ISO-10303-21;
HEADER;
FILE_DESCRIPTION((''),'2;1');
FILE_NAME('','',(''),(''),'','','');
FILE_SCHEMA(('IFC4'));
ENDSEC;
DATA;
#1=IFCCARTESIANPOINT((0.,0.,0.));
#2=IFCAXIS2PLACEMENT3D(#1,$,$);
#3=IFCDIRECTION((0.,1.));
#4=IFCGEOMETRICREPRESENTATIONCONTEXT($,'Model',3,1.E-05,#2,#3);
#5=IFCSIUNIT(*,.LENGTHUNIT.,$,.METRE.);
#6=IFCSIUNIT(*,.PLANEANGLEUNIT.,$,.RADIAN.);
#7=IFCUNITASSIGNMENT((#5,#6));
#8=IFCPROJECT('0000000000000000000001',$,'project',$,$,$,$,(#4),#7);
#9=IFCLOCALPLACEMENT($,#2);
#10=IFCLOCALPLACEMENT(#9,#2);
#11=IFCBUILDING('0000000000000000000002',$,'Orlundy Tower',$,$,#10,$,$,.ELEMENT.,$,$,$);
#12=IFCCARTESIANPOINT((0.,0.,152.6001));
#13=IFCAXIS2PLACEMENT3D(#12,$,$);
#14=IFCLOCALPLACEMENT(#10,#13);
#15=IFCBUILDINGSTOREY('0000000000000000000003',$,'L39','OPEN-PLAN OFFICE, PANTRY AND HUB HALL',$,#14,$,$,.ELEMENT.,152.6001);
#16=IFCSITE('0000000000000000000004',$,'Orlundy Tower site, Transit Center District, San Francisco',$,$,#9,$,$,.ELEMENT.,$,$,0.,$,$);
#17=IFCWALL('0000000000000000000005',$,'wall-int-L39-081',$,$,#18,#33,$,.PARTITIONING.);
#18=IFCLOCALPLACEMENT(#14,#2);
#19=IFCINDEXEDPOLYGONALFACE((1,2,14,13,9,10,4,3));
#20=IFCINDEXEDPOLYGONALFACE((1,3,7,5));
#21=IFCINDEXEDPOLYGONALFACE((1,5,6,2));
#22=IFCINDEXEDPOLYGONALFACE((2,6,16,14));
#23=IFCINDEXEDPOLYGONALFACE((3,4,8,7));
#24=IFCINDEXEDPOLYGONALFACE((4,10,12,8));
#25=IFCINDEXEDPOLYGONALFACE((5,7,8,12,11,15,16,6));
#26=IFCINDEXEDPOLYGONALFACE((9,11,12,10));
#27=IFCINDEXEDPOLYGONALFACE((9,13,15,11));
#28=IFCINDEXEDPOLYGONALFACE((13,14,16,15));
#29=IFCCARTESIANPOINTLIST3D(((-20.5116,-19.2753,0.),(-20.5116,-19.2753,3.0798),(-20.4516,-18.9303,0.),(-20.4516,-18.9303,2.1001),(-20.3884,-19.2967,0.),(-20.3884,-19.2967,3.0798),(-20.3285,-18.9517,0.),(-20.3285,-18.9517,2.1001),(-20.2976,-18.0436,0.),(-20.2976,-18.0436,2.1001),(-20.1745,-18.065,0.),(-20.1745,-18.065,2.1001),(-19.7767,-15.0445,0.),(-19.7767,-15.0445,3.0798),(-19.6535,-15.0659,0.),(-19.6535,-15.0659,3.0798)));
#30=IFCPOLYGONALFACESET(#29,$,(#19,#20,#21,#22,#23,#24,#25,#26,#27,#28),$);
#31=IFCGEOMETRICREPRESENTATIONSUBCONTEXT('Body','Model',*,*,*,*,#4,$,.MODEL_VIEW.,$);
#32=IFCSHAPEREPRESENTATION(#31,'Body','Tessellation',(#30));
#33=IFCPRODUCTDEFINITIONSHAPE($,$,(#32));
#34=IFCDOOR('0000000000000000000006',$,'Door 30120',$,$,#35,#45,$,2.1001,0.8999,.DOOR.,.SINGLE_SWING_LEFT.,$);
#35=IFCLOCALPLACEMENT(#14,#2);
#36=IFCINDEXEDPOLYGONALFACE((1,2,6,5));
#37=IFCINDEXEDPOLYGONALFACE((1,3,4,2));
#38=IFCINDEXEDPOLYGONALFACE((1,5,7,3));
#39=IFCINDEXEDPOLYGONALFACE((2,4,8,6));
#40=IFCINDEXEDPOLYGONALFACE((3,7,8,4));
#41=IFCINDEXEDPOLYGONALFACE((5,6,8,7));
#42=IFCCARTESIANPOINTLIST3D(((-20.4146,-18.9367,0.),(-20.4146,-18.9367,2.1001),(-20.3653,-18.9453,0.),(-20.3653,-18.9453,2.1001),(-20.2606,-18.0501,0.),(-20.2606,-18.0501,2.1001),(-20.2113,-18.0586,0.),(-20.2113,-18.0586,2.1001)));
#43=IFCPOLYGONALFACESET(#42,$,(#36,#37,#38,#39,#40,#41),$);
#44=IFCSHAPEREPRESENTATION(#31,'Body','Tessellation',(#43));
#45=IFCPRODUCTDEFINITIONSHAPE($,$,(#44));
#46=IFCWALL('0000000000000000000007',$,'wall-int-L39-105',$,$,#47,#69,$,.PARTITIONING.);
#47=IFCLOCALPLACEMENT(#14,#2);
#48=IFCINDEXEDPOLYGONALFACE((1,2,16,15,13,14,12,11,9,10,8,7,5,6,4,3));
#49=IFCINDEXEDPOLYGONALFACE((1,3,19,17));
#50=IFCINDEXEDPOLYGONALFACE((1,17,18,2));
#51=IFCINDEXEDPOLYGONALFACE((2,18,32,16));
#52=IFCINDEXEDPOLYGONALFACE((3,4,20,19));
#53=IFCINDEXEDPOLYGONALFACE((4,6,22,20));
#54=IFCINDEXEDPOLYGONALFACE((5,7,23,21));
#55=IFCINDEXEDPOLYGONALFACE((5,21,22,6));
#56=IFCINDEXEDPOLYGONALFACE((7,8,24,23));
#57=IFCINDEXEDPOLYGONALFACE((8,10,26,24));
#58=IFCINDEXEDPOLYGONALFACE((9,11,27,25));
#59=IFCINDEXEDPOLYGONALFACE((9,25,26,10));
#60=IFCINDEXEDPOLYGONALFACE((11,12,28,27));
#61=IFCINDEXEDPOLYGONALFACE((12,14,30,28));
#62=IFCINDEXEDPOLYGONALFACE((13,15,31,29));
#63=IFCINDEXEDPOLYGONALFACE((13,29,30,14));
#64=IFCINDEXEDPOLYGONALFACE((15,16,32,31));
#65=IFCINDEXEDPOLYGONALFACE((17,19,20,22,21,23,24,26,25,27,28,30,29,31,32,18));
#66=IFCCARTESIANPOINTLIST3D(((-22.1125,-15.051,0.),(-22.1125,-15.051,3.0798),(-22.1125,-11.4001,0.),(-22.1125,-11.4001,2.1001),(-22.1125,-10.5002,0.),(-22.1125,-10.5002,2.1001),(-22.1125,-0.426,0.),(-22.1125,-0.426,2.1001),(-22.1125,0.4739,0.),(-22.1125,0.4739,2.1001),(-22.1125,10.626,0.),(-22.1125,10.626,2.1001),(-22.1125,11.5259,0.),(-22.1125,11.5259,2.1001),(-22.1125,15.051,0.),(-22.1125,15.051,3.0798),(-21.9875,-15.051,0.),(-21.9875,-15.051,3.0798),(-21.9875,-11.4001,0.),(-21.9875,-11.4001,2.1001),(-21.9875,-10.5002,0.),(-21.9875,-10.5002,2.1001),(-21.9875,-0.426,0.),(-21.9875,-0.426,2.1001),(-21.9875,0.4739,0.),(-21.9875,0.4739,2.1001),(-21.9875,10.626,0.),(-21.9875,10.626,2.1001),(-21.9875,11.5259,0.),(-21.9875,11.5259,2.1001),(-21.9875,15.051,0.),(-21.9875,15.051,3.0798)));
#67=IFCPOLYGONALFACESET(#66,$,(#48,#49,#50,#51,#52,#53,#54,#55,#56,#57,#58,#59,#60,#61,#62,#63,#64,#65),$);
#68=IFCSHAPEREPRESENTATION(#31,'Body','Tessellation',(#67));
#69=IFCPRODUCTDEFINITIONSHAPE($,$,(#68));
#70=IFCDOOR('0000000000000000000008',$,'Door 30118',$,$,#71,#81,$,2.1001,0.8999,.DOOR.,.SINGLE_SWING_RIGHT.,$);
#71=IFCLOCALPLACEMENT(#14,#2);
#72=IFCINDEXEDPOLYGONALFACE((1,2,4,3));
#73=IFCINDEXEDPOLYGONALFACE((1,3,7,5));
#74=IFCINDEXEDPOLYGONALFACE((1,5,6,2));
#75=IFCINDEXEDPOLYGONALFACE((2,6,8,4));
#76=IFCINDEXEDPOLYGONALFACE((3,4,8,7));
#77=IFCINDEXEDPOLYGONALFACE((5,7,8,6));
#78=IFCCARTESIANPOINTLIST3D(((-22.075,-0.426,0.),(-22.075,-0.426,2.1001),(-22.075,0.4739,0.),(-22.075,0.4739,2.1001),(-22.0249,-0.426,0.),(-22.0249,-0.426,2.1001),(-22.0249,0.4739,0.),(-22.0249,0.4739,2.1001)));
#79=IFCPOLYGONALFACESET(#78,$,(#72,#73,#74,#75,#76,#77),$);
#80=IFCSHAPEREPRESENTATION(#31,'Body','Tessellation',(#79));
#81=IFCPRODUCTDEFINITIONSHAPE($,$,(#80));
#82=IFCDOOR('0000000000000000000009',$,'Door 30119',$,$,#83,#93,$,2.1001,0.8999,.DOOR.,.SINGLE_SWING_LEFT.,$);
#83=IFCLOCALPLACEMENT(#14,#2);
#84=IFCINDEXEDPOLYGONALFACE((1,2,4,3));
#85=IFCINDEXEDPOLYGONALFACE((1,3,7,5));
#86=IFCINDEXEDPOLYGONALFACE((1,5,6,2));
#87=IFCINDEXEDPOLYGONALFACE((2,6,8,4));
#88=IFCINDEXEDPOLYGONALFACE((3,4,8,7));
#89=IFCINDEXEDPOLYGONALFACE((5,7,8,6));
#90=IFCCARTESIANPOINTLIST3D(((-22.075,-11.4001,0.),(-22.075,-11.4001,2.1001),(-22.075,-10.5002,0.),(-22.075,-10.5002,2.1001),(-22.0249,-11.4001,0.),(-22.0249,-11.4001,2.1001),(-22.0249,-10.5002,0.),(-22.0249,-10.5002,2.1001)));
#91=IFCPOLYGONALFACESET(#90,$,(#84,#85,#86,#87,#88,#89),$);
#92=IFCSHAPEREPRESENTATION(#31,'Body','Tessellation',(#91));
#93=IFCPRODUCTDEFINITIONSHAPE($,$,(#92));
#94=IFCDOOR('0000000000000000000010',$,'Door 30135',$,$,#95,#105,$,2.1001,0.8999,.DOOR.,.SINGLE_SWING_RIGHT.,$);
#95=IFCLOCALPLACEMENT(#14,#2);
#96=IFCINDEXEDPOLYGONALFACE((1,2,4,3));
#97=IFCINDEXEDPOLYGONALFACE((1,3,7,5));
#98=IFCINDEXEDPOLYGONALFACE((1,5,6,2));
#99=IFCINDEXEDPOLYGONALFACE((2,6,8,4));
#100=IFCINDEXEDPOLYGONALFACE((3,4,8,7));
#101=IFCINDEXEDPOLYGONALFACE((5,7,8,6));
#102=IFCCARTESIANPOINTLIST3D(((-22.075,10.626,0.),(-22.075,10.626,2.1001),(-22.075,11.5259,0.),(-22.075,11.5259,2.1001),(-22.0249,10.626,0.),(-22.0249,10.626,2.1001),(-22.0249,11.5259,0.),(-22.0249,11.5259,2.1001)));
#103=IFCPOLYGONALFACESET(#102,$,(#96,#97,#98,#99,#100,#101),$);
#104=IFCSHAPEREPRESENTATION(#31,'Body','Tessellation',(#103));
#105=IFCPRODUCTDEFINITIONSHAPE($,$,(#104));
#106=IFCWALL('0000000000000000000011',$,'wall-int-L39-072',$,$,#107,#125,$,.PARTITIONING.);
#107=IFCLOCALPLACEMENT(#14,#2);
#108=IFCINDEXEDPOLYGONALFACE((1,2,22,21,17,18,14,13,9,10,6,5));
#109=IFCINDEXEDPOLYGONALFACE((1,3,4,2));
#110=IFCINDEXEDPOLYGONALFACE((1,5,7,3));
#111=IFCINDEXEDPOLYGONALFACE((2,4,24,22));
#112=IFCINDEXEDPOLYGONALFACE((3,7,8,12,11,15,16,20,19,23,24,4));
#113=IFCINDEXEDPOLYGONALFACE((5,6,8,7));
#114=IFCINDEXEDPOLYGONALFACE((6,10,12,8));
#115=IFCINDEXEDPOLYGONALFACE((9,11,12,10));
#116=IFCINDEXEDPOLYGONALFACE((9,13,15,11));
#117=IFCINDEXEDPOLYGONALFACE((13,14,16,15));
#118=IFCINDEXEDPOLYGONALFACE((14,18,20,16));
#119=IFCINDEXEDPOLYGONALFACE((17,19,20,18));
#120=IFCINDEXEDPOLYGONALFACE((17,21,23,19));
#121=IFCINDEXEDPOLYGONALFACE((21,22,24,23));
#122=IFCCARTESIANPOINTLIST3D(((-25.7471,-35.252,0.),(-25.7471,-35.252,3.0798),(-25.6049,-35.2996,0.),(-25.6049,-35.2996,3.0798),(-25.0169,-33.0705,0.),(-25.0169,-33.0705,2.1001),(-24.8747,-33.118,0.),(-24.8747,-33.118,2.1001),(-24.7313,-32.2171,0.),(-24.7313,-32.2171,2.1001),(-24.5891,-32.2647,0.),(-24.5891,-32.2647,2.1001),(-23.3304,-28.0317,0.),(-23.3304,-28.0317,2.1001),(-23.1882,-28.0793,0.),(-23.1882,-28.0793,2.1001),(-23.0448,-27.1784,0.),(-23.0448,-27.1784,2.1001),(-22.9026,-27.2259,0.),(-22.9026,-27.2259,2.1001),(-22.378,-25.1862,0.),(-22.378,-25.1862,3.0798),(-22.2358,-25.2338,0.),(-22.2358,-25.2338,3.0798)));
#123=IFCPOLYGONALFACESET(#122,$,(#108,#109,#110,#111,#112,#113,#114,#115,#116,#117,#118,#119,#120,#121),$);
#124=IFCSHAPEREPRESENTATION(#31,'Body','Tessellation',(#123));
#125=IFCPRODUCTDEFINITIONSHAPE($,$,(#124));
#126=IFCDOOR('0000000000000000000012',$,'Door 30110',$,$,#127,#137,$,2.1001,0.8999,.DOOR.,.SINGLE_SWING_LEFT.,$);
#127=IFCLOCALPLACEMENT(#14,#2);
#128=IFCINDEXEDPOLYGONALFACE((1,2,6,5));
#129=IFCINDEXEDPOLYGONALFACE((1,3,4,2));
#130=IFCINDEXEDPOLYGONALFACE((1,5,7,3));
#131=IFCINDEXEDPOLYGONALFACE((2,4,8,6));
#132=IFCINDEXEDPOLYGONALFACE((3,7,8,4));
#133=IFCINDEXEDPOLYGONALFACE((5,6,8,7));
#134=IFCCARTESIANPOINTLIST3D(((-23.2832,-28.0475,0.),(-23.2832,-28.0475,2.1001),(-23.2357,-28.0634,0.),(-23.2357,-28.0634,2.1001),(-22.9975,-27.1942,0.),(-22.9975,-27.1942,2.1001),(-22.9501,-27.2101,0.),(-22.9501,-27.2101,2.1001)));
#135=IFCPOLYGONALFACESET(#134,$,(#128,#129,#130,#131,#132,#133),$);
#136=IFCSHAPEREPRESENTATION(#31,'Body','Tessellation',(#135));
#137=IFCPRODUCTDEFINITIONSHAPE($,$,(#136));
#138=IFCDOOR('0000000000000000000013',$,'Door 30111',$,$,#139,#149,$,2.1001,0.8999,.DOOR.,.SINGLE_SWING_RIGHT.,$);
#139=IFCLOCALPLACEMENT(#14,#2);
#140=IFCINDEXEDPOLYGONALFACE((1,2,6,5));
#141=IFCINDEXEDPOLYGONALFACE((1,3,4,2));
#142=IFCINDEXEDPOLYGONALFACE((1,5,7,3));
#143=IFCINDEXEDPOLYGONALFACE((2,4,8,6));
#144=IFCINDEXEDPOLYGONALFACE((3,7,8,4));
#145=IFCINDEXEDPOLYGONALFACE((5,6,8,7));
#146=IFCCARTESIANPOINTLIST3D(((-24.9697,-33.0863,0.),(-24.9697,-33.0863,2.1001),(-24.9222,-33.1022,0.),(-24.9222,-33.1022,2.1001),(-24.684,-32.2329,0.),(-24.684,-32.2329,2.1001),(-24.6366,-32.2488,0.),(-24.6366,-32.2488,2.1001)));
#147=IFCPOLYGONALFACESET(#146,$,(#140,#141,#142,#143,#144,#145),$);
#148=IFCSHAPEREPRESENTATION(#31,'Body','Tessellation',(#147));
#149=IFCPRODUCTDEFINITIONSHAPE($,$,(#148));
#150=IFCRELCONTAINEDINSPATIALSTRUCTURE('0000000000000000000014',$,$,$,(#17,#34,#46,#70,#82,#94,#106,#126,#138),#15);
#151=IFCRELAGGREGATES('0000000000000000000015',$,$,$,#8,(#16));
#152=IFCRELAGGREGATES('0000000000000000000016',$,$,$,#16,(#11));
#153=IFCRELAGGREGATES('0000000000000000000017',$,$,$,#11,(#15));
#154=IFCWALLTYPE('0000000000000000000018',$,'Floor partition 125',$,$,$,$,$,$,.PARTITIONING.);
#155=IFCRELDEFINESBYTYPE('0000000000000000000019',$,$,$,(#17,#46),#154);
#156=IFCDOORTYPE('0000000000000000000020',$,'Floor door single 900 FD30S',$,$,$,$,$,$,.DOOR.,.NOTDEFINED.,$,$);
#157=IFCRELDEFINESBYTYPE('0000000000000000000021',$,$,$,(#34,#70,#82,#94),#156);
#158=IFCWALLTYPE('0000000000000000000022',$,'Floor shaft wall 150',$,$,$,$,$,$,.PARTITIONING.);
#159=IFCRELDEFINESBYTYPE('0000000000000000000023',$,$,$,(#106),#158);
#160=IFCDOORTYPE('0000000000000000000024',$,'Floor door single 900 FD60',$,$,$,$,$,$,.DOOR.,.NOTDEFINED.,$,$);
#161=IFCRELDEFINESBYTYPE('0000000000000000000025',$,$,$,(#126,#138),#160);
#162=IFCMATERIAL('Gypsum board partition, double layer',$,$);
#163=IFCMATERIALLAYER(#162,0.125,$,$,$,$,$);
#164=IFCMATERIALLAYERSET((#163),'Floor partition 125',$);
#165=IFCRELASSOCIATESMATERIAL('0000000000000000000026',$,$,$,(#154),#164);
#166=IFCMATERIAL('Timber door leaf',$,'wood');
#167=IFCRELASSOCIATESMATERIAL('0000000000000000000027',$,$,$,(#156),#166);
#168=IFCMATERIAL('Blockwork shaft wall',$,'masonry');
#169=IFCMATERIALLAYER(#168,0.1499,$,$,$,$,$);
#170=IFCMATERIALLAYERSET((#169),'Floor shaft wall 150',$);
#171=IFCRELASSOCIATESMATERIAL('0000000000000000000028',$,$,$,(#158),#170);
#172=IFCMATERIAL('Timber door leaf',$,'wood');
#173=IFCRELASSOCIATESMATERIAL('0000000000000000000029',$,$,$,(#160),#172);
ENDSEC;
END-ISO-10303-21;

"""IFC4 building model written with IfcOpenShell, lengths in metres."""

from ifc_helpers import new_model, si_unit, direction, frame, frame_2d, origin, place, context, subcontext, project, spatial, rectangle, extrude, material, layer, layer_set, type_object, element, fill, save


model = new_model("IFC4")

# Units and contexts
model_context = context("Model", 3, precision=1e-05, world=origin(), true_north=direction((0.0, 1.0)))
body_context = subcontext(model_context, "Body", "Model", "MODEL_VIEW")
ifc_project = project(units=[si_unit("LENGTHUNIT", "METRE"), si_unit("PLANEANGLEUNIT", "RADIAN")], contexts=[model_context])

# Site, building, storey
site_placement = place(None, origin())
site = spatial("IfcSite", under=ifc_project, at=site_placement, Name="Orlundy Tower site, Transit Center District, San Francisco", CompositionType="ELEMENT", RefElevation=0.0)
building_placement = place(site_placement, origin())
building = spatial("IfcBuilding", under=site, at=building_placement, Name="Orlundy Tower", CompositionType="ELEMENT")
storey_placement = place(building_placement, frame((0.0, 0.0, 152.6001)))
storey = spatial("IfcBuildingStorey", under=building, at=storey_placement, Name="L39", Description="OPEN-PLAN OFFICE, PANTRY AND HUB HALL", CompositionType="ELEMENT", Elevation=152.6001)

# Shared definitions
ifc_material_1 = material(Name="Gypsum board partition, double layer")
ifc_layer_1 = layer(ifc_material_1, 0.125)
ifc_layer_set_1 = layer_set([ifc_layer_1], Name="Floor partition 125")
wall_type_1 = type_object("IfcWallType", Name="Floor partition 125", PredefinedType="PARTITIONING", material=ifc_layer_set_1)

# Wall, opening, door
ifc_material_2 = material(Name="Timber door leaf", Category="wood")
door_type_1 = type_object("IfcDoorType", Name="Floor door single 900 FD30S", OperationType="NOTDEFINED", PredefinedType="DOOR", material=ifc_material_2)
wall_1_placement = place(storey_placement, frame((-20.45, -19.2859, 0.0), z_axis=(0.0, 0.0, 1.0), x_axis=(0.171125, 0.985249, 0.0)))
wall_1 = element("IfcWall", 1, at=wall_1_placement, inside=storey, type_object=wall_type_1, Name="wall-int-L39-081", PredefinedType="PARTITIONING", context=body_context, shape_type="SweptSolid", body=[
    extrude(rectangle(XDim=4.2942, YDim=0.125, at=frame_2d((2.147, 0.0))), origin(), (0.0, 0.0, 1.0), 3.0798),
])
opening_1_placement = place(wall_1_placement, frame((0.3501, 0.0, 0.0)))
opening_1 = element("IfcOpeningElement", 2, at=opening_1_placement, cuts=wall_1, PredefinedType="OPENING", context=body_context, shape_type="SweptSolid", body=[
    extrude(rectangle(XDim=0.8999, YDim=2.1001, at=frame_2d((0.45, 1.05))), frame((0.0, 0.0725, 0.0), z_axis=(0.0, -1.0, 0.0), x_axis=(1.0, 0.0, 0.0)), (0.0, 0.0, 1.0), 0.145),
])
door_1_placement = place(opening_1_placement, origin())
door_1 = element("IfcDoor", 3, at=door_1_placement, inside=storey, type_object=door_type_1, Name="Door 30120", OperationType="SINGLE_SWING_LEFT", OverallHeight=2.1001, OverallWidth=0.8999, PredefinedType="DOOR", context=body_context, shape_type="SweptSolid", body=[
    extrude(rectangle(XDim=0.8999, YDim=2.1001, at=frame_2d((0.45, 1.05))), frame((0.0, 0.0249, 0.0), z_axis=(0.0, -1.0, 0.0), x_axis=(1.0, 0.0, 0.0)), (0.0, 0.0, 1.0), 0.05),
])
fill(opening_1, door_1)

# Walls, openings, doors
wall_2_placement = place(storey_placement, frame((-22.05, -15.051, 0.0), z_axis=(0.0, 0.0, 1.0), x_axis=(0.0, 1.0, 0.0)))
wall_2 = element("IfcWall", 4, at=wall_2_placement, inside=storey, type_object=wall_type_1, Name="wall-int-L39-105", PredefinedType="PARTITIONING", context=body_context, shape_type="SweptSolid", body=[
    extrude(rectangle(XDim=30.1021, YDim=0.125, at=frame_2d((15.051, 0.0))), origin(), (0.0, 0.0, 1.0), 3.0798),
])
opening_2_placement = place(wall_2_placement, frame((14.625, 0.0, 0.0)))
opening_2 = element("IfcOpeningElement", 5, at=opening_2_placement, cuts=wall_2, PredefinedType="OPENING", context=body_context, shape_type="SweptSolid", body=[
    extrude(rectangle(XDim=0.8999, YDim=2.1001, at=frame_2d((0.45, 1.05))), frame((0.0, 0.0725, 0.0), z_axis=(0.0, -1.0, 0.0), x_axis=(1.0, 0.0, 0.0)), (0.0, 0.0, 1.0), 0.145),
])
opening_3_placement = place(wall_2_placement, frame((3.6509, 0.0, 0.0)))
opening_3 = element("IfcOpeningElement", 6, at=opening_3_placement, cuts=wall_2, PredefinedType="OPENING", context=body_context, shape_type="SweptSolid", body=[
    extrude(rectangle(XDim=0.8999, YDim=2.1001, at=frame_2d((0.45, 1.05))), frame((0.0, 0.0725, 0.0), z_axis=(0.0, -1.0, 0.0), x_axis=(1.0, 0.0, 0.0)), (0.0, 0.0, 1.0), 0.145),
])
opening_4_placement = place(wall_2_placement, frame((25.677, 0.0, 0.0)))
opening_4 = element("IfcOpeningElement", 7, at=opening_4_placement, cuts=wall_2, PredefinedType="OPENING", context=body_context, shape_type="SweptSolid", body=[
    extrude(rectangle(XDim=0.8999, YDim=2.1001, at=frame_2d((0.45, 1.05))), frame((0.0, 0.0725, 0.0), z_axis=(0.0, -1.0, 0.0), x_axis=(1.0, 0.0, 0.0)), (0.0, 0.0, 1.0), 0.145),
])
door_2_placement = place(opening_2_placement, origin())
door_2 = element("IfcDoor", 8, at=door_2_placement, inside=storey, type_object=door_type_1, Name="Door 30118", OperationType="SINGLE_SWING_RIGHT", OverallHeight=2.1001, OverallWidth=0.8999, PredefinedType="DOOR", context=body_context, shape_type="SweptSolid", body=[
    extrude(rectangle(XDim=0.8999, YDim=2.1001, at=frame_2d((0.45, 1.05))), frame((0.0, 0.0249, 0.0), z_axis=(0.0, -1.0, 0.0), x_axis=(1.0, 0.0, 0.0)), (0.0, 0.0, 1.0), 0.05),
])
fill(opening_2, door_2)
door_3_placement = place(opening_3_placement, origin())
door_3 = element("IfcDoor", 9, at=door_3_placement, inside=storey, type_object=door_type_1, Name="Door 30119", OperationType="SINGLE_SWING_LEFT", OverallHeight=2.1001, OverallWidth=0.8999, PredefinedType="DOOR", context=body_context, shape_type="SweptSolid", body=[
    extrude(rectangle(XDim=0.8999, YDim=2.1001, at=frame_2d((0.45, 1.05))), frame((0.0, 0.0249, 0.0), z_axis=(0.0, -1.0, 0.0), x_axis=(1.0, 0.0, 0.0)), (0.0, 0.0, 1.0), 0.05),
])
fill(opening_3, door_3)
door_4_placement = place(opening_4_placement, origin())
door_4 = element("IfcDoor", 10, at=door_4_placement, inside=storey, type_object=door_type_1, Name="Door 30135", OperationType="SINGLE_SWING_RIGHT", OverallHeight=2.1001, OverallWidth=0.8999, PredefinedType="DOOR", context=body_context, shape_type="SweptSolid", body=[
    extrude(rectangle(XDim=0.8999, YDim=2.1001, at=frame_2d((0.45, 1.05))), frame((0.0, 0.0249, 0.0), z_axis=(0.0, -1.0, 0.0), x_axis=(1.0, 0.0, 0.0)), (0.0, 0.0, 1.0), 0.05),
])
fill(opening_4, door_4)
ifc_material_3 = material(Name="Blockwork shaft wall", Category="masonry")
ifc_layer_2 = layer(ifc_material_3, 0.1499)
ifc_layer_set_2 = layer_set([ifc_layer_2], Name="Floor shaft wall 150")
wall_type_2 = type_object("IfcWallType", Name="Floor shaft wall 150", PredefinedType="PARTITIONING", material=ifc_layer_set_2)
wall_3_placement = place(storey_placement, frame((-22.3069, -25.21, 0.0), z_axis=(0.0, 0.0, 1.0), x_axis=(-0.317401, -0.948292, 0.0)))
wall_3 = element("IfcWall", 11, at=wall_3_placement, inside=storey, type_object=wall_type_2, Name="wall-int-L39-072", PredefinedType="PARTITIONING", context=body_context, shape_type="SweptSolid", body=[
    extrude(rectangle(XDim=10.6147, YDim=0.1499, at=frame_2d((5.3074, 0.0))), origin(), (0.0, 0.0, 1.0), 3.0798),
])
opening_5_placement = place(wall_3_placement, frame((2.1008, 0.0, 0.0)))
opening_5 = element("IfcOpeningElement", 12, at=opening_5_placement, cuts=wall_3, PredefinedType="OPENING", context=body_context, shape_type="SweptSolid", body=[
    extrude(rectangle(XDim=0.8999, YDim=2.1001, at=frame_2d((0.45, 1.05))), frame((0.0, 0.085, 0.0), z_axis=(0.0, -1.0, 0.0), x_axis=(1.0, 0.0, 0.0)), (0.0, 0.0, 1.0), 0.1699),
])
opening_6_placement = place(wall_3_placement, frame((7.4143, 0.0, 0.0)))
opening_6 = element("IfcOpeningElement", 13, at=opening_6_placement, cuts=wall_3, PredefinedType="OPENING", context=body_context, shape_type="SweptSolid", body=[
    extrude(rectangle(XDim=0.8999, YDim=2.1001, at=frame_2d((0.45, 1.05))), frame((0.0, 0.085, 0.0), z_axis=(0.0, -1.0, 0.0), x_axis=(1.0, 0.0, 0.0)), (0.0, 0.0, 1.0), 0.1699),
])
ifc_material_4 = material(Name="Timber door leaf", Category="wood")
door_type_2 = type_object("IfcDoorType", Name="Floor door single 900 FD60", OperationType="NOTDEFINED", PredefinedType="DOOR", material=ifc_material_4)
door_5_placement = place(opening_5_placement, origin())
door_5 = element("IfcDoor", 14, at=door_5_placement, inside=storey, type_object=door_type_2, Name="Door 30110", OperationType="SINGLE_SWING_LEFT", OverallHeight=2.1001, OverallWidth=0.8999, PredefinedType="DOOR", context=body_context, shape_type="SweptSolid", body=[
    extrude(rectangle(XDim=0.8999, YDim=2.1001, at=frame_2d((0.45, 1.05))), frame((0.0, 0.0249, 0.0), z_axis=(0.0, -1.0, 0.0), x_axis=(1.0, 0.0, 0.0)), (0.0, 0.0, 1.0), 0.05),
])
fill(opening_5, door_5)
door_6_placement = place(opening_6_placement, origin())
door_6 = element("IfcDoor", 15, at=door_6_placement, inside=storey, type_object=door_type_2, Name="Door 30111", OperationType="SINGLE_SWING_RIGHT", OverallHeight=2.1001, OverallWidth=0.8999, PredefinedType="DOOR", context=body_context, shape_type="SweptSolid", body=[
    extrude(rectangle(XDim=0.8999, YDim=2.1001, at=frame_2d((0.45, 1.05))), frame((0.0, 0.0249, 0.0), z_axis=(0.0, -1.0, 0.0), x_axis=(1.0, 0.0, 0.0)), (0.0, 0.0, 1.0), 0.05),
])
fill(opening_6, door_6)

save(model, "model.ifc")
